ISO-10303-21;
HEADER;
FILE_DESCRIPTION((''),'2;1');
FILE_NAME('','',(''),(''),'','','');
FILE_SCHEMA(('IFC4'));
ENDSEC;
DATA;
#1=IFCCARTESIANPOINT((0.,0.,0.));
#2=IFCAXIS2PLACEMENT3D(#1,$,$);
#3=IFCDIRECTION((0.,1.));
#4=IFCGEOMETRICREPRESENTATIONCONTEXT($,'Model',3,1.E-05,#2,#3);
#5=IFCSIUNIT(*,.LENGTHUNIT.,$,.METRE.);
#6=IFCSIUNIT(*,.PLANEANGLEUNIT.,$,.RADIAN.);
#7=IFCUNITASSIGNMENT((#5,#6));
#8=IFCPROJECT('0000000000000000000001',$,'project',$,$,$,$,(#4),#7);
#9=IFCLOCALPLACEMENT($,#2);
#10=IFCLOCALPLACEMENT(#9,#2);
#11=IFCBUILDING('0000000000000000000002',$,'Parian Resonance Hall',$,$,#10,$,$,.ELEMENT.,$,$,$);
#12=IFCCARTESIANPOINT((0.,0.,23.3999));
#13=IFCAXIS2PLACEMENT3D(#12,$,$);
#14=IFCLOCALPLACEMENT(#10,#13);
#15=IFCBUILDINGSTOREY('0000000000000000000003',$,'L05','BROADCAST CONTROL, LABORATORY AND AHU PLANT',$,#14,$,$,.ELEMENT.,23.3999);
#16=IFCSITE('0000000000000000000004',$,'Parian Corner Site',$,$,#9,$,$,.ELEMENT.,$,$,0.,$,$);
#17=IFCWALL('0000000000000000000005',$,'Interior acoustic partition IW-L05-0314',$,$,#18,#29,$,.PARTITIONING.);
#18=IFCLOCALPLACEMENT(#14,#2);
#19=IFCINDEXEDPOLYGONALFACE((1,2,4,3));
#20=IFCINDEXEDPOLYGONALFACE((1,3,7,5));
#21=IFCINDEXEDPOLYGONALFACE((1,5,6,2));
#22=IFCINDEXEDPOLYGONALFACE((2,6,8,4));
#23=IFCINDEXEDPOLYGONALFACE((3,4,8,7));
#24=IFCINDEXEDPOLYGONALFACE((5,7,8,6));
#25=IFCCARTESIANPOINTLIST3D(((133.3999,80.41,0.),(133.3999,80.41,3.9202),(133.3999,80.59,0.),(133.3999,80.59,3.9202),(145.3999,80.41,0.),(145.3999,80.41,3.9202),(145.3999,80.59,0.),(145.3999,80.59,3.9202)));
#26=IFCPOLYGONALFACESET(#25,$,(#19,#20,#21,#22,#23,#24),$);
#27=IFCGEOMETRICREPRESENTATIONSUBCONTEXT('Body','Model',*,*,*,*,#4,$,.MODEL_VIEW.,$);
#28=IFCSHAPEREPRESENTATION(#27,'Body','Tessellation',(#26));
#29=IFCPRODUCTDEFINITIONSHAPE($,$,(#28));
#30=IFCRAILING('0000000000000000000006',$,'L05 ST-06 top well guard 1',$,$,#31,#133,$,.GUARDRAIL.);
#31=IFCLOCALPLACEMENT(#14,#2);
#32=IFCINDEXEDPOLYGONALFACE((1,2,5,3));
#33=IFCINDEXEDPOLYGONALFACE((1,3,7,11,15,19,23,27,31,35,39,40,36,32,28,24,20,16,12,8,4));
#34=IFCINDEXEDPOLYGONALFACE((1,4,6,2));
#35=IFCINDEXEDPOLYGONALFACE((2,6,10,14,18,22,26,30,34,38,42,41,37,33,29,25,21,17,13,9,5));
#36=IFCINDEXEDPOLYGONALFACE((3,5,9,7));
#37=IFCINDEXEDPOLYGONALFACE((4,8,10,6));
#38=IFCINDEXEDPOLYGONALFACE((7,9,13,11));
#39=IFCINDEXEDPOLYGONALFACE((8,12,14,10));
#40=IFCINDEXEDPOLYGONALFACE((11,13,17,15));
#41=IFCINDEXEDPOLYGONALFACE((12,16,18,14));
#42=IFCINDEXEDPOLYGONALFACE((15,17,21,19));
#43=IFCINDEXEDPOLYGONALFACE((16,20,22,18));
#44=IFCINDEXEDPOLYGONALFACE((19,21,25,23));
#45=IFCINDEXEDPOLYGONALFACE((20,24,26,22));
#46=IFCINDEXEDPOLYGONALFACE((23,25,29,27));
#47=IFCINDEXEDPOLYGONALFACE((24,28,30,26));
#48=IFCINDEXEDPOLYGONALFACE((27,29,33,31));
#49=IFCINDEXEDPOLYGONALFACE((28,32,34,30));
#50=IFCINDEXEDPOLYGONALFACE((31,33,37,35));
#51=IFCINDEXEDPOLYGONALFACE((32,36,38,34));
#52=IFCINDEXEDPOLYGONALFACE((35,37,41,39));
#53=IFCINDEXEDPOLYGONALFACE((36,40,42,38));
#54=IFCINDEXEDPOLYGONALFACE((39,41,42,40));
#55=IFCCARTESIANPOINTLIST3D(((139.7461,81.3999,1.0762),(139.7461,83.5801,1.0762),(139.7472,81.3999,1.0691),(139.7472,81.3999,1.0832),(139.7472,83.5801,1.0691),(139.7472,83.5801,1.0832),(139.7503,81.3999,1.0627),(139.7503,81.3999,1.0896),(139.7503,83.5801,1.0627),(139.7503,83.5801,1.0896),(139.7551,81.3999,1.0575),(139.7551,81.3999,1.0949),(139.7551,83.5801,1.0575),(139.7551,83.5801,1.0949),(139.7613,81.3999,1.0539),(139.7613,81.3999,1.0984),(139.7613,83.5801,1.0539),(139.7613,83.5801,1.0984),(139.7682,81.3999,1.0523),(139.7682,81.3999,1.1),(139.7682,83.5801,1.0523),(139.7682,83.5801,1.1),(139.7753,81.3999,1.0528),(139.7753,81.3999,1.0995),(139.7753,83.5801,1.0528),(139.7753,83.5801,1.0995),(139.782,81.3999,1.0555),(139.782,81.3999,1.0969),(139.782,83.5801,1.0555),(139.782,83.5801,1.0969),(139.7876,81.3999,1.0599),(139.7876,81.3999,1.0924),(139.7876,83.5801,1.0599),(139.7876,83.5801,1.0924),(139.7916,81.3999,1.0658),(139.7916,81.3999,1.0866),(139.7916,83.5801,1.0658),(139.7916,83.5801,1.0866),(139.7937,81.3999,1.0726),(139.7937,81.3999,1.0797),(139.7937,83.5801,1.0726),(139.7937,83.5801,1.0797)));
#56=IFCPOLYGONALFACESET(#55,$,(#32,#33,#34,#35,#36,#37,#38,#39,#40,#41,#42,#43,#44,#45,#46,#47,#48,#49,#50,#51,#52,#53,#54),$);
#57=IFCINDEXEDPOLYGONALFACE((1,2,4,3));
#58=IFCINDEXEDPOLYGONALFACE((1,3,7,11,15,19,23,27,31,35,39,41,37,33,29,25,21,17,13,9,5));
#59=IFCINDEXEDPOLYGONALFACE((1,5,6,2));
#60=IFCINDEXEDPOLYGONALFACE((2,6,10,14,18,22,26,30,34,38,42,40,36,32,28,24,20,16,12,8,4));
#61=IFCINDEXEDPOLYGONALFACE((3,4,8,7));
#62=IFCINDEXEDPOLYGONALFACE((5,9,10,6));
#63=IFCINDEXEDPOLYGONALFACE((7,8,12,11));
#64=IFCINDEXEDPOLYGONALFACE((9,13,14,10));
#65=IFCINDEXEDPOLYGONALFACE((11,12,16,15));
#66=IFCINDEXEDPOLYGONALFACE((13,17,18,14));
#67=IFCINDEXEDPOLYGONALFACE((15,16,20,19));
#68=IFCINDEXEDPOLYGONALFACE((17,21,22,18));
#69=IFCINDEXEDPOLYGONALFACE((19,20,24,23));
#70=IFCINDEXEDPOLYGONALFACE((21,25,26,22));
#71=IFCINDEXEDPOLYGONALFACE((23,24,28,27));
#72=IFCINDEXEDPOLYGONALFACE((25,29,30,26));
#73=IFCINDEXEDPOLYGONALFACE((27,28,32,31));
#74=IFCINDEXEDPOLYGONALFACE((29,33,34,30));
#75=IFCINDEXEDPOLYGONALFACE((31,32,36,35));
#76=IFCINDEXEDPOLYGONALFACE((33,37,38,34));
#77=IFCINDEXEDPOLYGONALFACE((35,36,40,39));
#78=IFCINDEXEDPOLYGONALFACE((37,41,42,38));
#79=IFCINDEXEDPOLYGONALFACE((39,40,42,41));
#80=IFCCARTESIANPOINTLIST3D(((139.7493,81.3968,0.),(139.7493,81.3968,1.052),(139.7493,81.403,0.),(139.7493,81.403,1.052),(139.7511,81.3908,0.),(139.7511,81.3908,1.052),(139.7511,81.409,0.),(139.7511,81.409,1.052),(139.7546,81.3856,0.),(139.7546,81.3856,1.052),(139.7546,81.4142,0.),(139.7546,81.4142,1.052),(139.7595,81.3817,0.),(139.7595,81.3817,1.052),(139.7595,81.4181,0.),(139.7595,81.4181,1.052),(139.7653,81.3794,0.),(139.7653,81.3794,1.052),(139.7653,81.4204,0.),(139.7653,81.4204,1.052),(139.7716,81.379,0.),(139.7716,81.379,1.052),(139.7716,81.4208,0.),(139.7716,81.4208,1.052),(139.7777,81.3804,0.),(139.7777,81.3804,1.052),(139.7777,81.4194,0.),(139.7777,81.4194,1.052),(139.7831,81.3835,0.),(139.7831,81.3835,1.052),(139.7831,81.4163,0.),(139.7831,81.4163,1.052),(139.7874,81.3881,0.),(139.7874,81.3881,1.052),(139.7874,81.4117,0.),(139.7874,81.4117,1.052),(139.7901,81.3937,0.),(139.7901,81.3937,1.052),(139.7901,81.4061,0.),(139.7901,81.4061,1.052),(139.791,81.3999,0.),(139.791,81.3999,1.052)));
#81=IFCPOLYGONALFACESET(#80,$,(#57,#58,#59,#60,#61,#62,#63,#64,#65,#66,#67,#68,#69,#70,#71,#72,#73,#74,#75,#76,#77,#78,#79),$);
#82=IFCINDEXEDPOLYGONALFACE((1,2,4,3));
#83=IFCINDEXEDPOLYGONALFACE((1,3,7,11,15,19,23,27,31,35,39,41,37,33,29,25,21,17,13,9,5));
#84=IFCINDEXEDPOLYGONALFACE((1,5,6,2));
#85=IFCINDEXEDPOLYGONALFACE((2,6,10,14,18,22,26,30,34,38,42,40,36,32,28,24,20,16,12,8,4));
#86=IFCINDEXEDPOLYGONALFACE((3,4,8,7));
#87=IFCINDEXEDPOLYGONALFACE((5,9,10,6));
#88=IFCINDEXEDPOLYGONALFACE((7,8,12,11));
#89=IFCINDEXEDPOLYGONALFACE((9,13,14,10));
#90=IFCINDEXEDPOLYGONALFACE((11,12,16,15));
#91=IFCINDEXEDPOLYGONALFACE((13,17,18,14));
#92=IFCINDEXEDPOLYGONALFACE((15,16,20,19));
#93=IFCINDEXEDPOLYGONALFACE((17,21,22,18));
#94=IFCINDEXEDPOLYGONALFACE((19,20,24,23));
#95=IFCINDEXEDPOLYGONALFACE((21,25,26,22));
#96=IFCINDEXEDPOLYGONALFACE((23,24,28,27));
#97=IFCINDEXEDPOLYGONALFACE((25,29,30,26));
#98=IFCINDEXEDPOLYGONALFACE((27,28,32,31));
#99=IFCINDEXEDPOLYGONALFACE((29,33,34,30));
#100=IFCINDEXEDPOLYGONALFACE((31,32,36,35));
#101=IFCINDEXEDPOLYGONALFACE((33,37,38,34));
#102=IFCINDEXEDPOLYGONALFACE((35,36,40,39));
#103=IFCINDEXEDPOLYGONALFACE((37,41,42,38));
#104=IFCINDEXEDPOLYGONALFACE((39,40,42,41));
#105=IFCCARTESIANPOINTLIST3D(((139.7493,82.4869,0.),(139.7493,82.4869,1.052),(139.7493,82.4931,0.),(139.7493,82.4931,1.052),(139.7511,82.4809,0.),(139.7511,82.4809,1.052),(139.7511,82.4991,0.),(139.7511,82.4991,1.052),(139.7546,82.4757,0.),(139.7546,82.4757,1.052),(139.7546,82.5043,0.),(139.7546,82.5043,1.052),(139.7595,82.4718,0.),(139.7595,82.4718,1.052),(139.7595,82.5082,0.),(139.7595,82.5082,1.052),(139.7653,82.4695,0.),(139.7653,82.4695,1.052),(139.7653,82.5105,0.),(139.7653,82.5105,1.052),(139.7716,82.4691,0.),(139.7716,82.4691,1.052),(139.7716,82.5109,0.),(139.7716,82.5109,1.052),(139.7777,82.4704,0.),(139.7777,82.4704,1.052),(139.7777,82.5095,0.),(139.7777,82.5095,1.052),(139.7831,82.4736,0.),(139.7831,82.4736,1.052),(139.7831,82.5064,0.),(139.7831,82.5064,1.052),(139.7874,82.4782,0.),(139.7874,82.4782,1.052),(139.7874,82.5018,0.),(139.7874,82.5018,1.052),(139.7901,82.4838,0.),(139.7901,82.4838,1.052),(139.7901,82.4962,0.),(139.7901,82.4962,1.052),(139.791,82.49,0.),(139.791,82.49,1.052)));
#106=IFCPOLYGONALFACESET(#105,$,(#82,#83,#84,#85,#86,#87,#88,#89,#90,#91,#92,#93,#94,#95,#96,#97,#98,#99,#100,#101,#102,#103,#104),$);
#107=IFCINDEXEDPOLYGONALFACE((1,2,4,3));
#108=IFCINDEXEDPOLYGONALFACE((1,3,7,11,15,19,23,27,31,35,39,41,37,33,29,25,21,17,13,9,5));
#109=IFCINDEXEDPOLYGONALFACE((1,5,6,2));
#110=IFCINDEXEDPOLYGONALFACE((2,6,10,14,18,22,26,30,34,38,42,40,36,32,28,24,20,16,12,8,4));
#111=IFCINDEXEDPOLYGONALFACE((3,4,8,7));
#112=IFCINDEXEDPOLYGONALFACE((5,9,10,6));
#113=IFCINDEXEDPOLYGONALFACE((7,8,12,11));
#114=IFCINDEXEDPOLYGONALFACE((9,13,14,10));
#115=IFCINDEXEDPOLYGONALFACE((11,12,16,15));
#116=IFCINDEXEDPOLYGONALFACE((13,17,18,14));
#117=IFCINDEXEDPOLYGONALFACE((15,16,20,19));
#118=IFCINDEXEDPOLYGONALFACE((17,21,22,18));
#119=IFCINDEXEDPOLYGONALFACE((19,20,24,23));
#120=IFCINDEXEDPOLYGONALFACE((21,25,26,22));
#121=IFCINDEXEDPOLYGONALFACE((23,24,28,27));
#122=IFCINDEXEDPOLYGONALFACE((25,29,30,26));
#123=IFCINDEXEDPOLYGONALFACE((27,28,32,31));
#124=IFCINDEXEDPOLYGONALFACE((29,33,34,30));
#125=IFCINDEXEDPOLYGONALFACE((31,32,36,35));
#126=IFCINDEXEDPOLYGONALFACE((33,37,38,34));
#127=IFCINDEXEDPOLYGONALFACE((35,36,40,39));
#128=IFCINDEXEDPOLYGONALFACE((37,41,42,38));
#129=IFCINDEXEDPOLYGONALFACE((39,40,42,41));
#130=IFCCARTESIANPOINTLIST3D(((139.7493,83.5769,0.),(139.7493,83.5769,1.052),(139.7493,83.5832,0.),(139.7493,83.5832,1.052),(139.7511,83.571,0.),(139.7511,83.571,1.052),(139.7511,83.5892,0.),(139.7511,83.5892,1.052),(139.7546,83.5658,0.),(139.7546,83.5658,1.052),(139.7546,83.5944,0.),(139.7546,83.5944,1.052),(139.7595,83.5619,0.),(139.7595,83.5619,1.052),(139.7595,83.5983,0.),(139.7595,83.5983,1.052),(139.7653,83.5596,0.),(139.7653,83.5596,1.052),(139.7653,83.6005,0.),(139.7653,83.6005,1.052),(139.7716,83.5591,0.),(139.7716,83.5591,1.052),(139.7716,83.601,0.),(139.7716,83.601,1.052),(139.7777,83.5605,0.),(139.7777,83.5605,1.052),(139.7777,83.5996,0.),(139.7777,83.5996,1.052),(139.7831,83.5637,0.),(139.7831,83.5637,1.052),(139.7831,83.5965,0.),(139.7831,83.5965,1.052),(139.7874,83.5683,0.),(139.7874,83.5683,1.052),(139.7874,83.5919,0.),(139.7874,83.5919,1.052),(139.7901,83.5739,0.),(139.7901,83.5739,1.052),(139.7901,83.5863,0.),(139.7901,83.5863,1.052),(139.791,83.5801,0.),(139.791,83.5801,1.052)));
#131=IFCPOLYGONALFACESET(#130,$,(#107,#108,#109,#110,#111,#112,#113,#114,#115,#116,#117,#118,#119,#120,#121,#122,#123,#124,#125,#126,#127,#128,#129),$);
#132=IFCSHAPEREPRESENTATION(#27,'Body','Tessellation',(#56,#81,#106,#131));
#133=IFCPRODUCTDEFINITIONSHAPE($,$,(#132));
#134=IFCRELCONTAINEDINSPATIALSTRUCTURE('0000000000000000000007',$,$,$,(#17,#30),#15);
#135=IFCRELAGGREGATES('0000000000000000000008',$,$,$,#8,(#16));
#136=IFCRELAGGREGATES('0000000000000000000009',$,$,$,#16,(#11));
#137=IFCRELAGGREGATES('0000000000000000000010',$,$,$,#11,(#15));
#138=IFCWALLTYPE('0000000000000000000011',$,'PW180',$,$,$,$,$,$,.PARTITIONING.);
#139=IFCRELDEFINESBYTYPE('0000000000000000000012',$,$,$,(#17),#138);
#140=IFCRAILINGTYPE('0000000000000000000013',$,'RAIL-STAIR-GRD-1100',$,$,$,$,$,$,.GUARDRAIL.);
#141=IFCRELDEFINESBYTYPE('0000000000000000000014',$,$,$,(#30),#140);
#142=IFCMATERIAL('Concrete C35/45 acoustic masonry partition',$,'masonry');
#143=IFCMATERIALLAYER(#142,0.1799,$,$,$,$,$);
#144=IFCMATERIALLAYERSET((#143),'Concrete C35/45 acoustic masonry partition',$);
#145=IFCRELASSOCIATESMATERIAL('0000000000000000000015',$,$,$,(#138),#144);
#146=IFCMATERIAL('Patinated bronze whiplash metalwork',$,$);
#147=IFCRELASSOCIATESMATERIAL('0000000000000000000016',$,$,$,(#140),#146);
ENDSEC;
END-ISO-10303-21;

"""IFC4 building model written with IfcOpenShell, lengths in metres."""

from ifc_helpers import new_model, si_unit, direction, frame, frame_2d, origin, origin_2d, place, context, subcontext, project, spatial, rectangle, circle, extrude, material, layer, layer_set, type_object, element, save


model = new_model("IFC4")

# Units and contexts
model_context = context("Model", 3, precision=1e-05, world=origin(), true_north=direction((0.0, 1.0)))
body_context = subcontext(model_context, "Body", "Model", "MODEL_VIEW")
ifc_project = project(units=[si_unit("LENGTHUNIT", "METRE"), si_unit("PLANEANGLEUNIT", "RADIAN")], contexts=[model_context])

# Site, building, storey
site_placement = place(None, origin())
site = spatial("IfcSite", under=ifc_project, at=site_placement, Name="Parian Corner Site", CompositionType="ELEMENT", RefElevation=0.0)
building_placement = place(site_placement, origin())
building = spatial("IfcBuilding", under=site, at=building_placement, Name="Parian Resonance Hall", CompositionType="ELEMENT")
storey_placement = place(building_placement, frame((0.0, 0.0, 23.3999)))
storey = spatial("IfcBuildingStorey", under=building, at=storey_placement, Name="L05", Description="BROADCAST CONTROL, LABORATORY AND AHU PLANT", CompositionType="ELEMENT", Elevation=23.3999)

# Wall
ifc_material_1 = material(Name="Concrete C35/45 acoustic masonry partition", Category="masonry")
ifc_layer_1 = layer(ifc_material_1, 0.1799)
ifc_layer_set_1 = layer_set([ifc_layer_1], Name="Concrete C35/45 acoustic masonry partition")
wall_type_1 = type_object("IfcWallType", Name="PW180", PredefinedType="PARTITIONING", material=ifc_layer_set_1)
wall_1_placement = place(storey_placement, frame((133.3999, 80.5, 0.0), z_axis=(0.0, 0.0, 1.0), x_axis=(1.0, 0.0, 0.0)))
element("IfcWall", 1, at=wall_1_placement, inside=storey, type_object=wall_type_1, Name="Interior acoustic partition IW-L05-0314", PredefinedType="PARTITIONING", context=body_context, shape_type="SweptSolid", body=[
    extrude(rectangle(XDim=12.0, YDim=0.1799, at=frame_2d((6.0, 0.0))), origin(), (0.0, 0.0, 1.0), 3.9202),
])

# Railing
ifc_material_2 = material(Name="Patinated bronze whiplash metalwork")
railing_type = type_object("IfcRailingType", Name="RAIL-STAIR-GRD-1100", PredefinedType="GUARDRAIL", material=ifc_material_2)
railing_placement = place(storey_placement, frame((139.77, 81.3999, 0.0)))
element("IfcRailing", 2, at=railing_placement, inside=storey, type_object=railing_type, Name="L05 ST-06 top well guard 1", PredefinedType="GUARDRAIL", context=body_context, shape_type="SweptSolid", body=[
    extrude(circle(Radius=0.0239, at=origin_2d()), frame((0.0, 0.0, 1.0762), z_axis=(0.0, 1.0, 0.0), x_axis=(-1.0, 0.0, 0.0)), (0.0, 0.0, 1.0), 2.1802),
    extrude(circle(Radius=0.021, at=origin_2d()), origin(), (0.0, 0.0, 1.0), 1.052),
    extrude(circle(Radius=0.021, at=origin_2d()), frame((0.0, 1.0901, 0.0)), (0.0, 0.0, 1.0), 1.052),
    extrude(circle(Radius=0.021, at=origin_2d()), frame((0.0, 2.1802, 0.0)), (0.0, 0.0, 1.0), 1.052),
])

save(model, "model.ifc")
